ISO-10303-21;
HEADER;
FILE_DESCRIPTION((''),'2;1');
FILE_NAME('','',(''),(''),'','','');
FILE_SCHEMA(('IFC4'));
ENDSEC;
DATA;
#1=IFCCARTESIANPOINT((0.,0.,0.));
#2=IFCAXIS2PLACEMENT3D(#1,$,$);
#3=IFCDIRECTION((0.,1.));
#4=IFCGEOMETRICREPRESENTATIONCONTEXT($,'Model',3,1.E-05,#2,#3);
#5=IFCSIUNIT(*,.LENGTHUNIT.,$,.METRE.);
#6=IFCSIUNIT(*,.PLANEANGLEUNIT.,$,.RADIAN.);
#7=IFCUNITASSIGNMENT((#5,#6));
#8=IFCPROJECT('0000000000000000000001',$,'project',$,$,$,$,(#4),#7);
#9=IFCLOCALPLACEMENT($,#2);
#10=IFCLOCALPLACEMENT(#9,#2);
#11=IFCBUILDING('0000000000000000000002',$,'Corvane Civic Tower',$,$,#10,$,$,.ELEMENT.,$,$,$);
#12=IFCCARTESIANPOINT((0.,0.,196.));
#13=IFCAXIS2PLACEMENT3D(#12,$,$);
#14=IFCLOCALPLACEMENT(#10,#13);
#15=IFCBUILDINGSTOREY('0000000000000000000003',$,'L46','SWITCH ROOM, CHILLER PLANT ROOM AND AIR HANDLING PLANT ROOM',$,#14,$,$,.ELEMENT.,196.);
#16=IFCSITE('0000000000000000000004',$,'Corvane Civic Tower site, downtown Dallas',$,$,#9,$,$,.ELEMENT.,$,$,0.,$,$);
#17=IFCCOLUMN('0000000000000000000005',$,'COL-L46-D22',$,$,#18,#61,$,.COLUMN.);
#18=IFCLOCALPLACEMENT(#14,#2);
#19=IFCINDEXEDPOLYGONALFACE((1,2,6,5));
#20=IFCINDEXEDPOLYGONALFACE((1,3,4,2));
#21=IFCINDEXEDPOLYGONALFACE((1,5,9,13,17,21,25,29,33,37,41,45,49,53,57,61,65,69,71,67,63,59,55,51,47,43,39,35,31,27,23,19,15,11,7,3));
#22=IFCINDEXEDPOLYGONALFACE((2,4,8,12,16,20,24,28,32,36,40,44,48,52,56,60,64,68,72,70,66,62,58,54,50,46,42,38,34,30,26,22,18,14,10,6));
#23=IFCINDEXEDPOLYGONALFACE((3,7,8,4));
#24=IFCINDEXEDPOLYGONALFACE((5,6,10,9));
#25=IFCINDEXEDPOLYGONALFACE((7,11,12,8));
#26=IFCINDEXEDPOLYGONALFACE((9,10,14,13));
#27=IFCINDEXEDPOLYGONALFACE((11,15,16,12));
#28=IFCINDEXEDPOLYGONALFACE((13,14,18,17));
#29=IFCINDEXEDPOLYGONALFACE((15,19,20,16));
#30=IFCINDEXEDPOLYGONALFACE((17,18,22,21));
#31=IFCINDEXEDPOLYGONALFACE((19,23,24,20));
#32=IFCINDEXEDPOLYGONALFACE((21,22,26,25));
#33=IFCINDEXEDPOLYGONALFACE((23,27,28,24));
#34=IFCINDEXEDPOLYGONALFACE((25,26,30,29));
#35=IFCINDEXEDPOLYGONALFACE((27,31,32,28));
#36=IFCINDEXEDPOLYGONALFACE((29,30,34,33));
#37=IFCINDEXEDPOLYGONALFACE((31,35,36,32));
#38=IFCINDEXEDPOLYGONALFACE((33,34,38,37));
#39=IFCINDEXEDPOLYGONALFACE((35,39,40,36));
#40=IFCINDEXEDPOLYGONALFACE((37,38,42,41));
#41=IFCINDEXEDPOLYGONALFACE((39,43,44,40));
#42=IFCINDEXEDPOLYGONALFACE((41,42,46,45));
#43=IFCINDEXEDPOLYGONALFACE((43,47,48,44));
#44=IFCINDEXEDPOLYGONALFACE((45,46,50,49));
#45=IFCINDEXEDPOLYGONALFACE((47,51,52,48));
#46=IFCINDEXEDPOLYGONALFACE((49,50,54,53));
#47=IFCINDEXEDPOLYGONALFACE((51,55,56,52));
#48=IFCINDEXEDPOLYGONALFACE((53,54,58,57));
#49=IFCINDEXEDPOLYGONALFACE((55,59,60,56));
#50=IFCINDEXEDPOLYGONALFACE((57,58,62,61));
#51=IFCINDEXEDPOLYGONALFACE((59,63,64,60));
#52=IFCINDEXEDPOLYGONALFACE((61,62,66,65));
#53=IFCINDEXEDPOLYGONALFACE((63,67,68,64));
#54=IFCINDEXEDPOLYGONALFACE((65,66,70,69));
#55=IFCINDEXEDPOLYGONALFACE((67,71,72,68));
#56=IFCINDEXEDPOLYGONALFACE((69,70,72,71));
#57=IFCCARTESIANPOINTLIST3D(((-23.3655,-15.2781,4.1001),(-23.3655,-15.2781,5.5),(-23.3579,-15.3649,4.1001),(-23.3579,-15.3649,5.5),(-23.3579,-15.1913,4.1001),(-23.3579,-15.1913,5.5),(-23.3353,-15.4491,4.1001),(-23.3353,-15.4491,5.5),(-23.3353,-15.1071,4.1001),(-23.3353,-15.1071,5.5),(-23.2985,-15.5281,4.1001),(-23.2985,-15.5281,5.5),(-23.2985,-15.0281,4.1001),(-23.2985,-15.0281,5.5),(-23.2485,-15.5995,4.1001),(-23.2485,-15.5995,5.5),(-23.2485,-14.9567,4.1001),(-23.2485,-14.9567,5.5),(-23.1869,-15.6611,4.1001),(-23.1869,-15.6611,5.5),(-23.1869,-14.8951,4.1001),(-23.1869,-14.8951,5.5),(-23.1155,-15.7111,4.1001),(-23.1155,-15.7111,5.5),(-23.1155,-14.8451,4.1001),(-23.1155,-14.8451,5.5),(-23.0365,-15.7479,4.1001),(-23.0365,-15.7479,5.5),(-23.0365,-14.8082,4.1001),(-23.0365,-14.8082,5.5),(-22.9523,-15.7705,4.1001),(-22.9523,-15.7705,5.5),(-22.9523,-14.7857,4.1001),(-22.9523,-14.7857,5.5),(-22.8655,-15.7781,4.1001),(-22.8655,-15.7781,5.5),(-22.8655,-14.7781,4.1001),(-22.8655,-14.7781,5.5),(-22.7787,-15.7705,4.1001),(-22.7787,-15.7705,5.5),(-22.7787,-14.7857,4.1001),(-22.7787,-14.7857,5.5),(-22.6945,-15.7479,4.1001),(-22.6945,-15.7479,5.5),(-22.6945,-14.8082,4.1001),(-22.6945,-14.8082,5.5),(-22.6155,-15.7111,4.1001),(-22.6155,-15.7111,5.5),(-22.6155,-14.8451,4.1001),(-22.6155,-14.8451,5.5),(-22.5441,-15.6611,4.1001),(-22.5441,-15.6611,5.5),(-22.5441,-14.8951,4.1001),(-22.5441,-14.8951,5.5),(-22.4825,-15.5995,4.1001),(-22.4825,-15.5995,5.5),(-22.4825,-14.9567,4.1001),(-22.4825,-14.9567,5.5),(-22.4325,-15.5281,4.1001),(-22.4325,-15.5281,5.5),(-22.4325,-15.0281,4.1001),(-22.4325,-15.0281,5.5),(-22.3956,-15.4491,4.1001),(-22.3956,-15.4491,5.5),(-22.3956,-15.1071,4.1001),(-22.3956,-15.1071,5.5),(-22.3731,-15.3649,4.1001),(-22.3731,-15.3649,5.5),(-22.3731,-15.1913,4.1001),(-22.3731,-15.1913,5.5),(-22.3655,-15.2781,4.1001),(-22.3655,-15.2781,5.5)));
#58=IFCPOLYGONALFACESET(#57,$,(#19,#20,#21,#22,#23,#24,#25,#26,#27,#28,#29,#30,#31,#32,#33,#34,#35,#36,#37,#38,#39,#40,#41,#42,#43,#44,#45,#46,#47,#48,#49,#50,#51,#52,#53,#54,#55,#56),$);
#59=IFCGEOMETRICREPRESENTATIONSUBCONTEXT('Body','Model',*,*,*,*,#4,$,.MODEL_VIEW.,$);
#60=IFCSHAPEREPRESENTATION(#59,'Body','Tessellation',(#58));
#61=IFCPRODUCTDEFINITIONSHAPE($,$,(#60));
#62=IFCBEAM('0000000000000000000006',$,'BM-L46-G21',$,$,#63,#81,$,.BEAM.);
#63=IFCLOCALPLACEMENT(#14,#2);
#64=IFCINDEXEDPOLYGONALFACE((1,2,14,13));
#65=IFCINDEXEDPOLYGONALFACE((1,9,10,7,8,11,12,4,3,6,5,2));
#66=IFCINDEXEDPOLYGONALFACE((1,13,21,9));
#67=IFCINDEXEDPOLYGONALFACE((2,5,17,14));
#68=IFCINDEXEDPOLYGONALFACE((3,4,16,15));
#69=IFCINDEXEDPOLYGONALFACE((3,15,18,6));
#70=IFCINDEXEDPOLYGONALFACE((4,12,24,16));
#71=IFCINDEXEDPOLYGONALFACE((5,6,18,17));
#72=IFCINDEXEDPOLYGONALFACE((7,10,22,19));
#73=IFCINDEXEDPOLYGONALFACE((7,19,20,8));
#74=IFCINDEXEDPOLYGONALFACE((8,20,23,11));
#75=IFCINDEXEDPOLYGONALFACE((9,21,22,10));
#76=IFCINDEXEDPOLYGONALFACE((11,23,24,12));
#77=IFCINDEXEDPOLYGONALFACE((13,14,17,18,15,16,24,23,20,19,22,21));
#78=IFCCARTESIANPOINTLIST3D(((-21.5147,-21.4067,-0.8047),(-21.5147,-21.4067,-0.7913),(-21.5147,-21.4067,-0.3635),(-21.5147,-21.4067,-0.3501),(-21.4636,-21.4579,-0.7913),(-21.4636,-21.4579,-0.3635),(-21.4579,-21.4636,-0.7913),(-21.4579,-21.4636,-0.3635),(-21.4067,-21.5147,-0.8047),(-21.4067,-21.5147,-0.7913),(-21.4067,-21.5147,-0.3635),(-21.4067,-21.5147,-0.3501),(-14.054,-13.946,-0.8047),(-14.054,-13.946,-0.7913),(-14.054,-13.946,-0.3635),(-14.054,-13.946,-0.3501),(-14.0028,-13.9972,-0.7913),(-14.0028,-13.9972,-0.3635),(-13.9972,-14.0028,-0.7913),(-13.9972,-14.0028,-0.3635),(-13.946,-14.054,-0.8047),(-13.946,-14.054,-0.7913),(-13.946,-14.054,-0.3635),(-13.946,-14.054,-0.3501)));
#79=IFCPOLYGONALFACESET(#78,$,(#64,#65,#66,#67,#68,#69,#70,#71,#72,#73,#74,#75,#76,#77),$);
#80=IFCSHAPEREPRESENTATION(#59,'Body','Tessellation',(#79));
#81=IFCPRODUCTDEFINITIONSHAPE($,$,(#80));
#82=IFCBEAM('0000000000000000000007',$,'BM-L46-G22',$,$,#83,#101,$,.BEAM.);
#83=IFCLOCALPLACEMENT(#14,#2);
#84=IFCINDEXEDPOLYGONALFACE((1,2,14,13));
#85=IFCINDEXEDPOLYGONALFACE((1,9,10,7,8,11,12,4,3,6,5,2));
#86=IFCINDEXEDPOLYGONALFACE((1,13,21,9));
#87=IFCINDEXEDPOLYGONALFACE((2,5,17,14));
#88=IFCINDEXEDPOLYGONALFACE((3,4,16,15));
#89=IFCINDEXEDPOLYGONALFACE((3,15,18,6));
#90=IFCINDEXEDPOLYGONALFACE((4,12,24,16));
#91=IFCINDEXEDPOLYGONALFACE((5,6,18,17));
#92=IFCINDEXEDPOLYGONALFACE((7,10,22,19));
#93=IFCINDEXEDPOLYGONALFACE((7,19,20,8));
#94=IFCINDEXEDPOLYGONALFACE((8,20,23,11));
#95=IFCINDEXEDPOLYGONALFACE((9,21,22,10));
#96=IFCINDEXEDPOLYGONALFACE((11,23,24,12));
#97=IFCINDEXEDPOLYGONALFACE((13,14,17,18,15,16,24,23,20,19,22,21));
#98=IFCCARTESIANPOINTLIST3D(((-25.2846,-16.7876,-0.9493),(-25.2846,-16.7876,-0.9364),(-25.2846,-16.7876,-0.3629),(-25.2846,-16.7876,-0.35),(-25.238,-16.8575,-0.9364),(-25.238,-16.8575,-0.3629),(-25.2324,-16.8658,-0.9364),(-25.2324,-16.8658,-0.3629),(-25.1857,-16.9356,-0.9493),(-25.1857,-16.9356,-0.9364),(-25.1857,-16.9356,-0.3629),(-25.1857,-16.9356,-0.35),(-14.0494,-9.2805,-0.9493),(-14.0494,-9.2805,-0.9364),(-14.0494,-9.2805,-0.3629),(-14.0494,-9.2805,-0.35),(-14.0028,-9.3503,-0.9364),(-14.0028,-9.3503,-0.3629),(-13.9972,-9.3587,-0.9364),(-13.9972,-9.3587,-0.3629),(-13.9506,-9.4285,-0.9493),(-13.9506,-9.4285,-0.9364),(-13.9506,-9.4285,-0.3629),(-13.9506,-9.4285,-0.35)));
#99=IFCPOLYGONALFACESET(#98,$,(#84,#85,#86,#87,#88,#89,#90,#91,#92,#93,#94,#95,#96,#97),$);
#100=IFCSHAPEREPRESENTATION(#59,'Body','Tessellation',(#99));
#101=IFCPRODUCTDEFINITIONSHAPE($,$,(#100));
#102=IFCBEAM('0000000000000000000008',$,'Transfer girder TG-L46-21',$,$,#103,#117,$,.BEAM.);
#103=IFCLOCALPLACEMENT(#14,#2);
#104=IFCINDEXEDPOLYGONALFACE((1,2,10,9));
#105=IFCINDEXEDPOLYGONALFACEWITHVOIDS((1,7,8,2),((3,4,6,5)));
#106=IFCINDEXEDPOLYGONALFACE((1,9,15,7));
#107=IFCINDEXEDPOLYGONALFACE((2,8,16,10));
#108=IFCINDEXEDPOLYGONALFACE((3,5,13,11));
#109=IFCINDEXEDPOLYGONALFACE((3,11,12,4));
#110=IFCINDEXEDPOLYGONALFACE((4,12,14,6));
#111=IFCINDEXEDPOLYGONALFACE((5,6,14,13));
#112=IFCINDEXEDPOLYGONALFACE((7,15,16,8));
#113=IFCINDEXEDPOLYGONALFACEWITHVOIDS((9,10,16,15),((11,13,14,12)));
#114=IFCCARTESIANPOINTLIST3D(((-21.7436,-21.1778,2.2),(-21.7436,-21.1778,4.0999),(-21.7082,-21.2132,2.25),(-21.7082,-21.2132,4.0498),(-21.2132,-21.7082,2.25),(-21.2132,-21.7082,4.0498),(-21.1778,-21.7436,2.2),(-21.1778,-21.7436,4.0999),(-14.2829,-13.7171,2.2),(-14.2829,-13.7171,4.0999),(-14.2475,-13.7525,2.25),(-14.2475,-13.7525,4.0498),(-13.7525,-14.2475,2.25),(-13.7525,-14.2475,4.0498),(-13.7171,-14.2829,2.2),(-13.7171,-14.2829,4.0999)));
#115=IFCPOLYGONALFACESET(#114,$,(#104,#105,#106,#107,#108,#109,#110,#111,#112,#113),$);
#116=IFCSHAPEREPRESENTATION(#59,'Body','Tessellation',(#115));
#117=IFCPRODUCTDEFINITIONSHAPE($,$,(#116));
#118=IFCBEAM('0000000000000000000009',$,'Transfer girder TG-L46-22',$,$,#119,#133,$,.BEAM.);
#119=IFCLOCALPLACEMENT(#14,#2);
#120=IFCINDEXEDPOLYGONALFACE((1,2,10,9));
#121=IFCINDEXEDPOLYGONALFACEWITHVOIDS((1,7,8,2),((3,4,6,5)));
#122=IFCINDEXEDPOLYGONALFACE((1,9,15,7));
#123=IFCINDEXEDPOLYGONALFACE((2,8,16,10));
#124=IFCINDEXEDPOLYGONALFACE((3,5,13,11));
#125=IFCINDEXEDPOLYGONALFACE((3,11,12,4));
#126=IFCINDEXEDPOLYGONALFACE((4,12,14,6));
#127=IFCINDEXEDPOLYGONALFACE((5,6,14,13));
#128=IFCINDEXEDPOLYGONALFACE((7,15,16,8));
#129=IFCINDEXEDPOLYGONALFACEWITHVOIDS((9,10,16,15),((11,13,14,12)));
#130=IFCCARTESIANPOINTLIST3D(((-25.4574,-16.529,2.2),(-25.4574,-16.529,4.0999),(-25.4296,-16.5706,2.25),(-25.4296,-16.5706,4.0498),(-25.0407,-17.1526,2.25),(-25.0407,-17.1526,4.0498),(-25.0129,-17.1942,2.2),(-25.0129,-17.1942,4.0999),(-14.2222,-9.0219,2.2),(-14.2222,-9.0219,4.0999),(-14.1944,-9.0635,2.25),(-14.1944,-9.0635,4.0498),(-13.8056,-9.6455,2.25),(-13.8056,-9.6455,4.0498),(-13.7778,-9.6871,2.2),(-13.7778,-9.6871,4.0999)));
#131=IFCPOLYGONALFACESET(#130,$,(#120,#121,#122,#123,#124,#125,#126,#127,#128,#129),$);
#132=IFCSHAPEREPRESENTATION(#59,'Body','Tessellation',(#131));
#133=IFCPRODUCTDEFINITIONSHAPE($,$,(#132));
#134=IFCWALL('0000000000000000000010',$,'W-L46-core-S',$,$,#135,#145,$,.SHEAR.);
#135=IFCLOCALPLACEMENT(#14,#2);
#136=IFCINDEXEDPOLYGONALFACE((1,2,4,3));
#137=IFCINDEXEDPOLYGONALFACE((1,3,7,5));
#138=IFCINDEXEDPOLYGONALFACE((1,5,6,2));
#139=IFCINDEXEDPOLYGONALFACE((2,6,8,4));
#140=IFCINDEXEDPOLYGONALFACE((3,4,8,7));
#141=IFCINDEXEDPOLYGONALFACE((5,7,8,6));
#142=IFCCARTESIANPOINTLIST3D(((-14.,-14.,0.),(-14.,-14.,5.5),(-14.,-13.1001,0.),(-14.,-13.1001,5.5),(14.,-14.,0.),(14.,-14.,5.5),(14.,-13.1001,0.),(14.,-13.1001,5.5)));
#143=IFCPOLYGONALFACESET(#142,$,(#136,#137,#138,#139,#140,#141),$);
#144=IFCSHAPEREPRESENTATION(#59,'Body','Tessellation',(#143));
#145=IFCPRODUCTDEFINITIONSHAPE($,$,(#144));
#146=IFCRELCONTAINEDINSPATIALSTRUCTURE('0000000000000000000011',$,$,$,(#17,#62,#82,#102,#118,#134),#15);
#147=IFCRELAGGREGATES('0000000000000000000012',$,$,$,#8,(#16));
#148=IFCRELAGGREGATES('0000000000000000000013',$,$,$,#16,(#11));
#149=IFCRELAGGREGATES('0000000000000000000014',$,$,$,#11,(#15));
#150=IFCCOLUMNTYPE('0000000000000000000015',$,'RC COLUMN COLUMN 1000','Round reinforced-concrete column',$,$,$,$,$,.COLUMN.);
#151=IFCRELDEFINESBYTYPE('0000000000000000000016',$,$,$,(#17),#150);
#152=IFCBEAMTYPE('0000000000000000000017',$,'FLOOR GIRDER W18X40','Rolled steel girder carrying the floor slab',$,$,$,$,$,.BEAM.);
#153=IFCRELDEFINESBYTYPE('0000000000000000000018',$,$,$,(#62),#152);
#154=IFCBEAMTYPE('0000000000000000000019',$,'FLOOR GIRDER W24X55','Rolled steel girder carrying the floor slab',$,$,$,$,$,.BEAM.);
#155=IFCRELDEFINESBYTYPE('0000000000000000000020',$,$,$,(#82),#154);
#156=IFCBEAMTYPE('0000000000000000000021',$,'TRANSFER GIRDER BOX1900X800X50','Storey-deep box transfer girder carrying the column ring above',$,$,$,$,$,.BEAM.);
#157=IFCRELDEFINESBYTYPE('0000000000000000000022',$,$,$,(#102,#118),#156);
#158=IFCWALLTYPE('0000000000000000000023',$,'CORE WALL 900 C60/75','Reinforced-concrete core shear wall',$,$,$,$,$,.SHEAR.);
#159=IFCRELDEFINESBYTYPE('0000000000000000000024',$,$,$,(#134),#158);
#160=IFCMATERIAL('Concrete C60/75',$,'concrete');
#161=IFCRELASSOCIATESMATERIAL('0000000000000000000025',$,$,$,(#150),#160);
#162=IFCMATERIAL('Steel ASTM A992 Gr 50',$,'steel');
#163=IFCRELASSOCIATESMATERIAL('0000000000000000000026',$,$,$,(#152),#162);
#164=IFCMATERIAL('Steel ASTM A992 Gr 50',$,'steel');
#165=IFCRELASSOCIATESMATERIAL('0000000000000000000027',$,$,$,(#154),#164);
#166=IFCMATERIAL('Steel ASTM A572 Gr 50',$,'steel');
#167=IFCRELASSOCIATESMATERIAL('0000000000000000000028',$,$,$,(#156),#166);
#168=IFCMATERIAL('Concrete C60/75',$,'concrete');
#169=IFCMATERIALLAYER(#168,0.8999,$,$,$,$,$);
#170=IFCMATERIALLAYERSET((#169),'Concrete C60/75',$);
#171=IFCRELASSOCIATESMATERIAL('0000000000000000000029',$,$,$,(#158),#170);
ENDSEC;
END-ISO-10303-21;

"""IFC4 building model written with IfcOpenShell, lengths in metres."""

from ifc_helpers import new_model, si_unit, direction, frame, frame_2d, origin, origin_2d, place, context, subcontext, project, spatial, rectangle, hollow_rectangle, circle, i_section, extrude, material, layer, layer_set, material_profile, profile_set, type_object, element, save


model = new_model("IFC4")

# Units and contexts
model_context = context("Model", 3, precision=1e-05, world=origin(), true_north=direction((0.0, 1.0)))
body_context = subcontext(model_context, "Body", "Model", "MODEL_VIEW")
ifc_project = project(units=[si_unit("LENGTHUNIT", "METRE"), si_unit("PLANEANGLEUNIT", "RADIAN")], contexts=[model_context])

# Site, building, storey
site_placement = place(None, origin())
site = spatial("IfcSite", under=ifc_project, at=site_placement, Name="Corvane Civic Tower site, downtown Dallas", CompositionType="ELEMENT", RefElevation=0.0)
building_placement = place(site_placement, origin())
building = spatial("IfcBuilding", under=site, at=building_placement, Name="Corvane Civic Tower", CompositionType="ELEMENT")
storey_placement = place(building_placement, frame((0.0, 0.0, 196.0)))
storey = spatial("IfcBuildingStorey", under=building, at=storey_placement, Name="L46", Description="SWITCH ROOM, CHILLER PLANT ROOM AND AIR HANDLING PLANT ROOM", CompositionType="ELEMENT", Elevation=196.0)

# Column
ifc_material_1 = material(Name="Concrete C60/75", Category="concrete")
ifc_material_profile_1 = material_profile(ifc_material_1, circle(Radius=0.5, at=origin_2d()), Name="COLUMN 1000")
ifc_profile_set_1 = profile_set([ifc_material_profile_1], Name="Concrete C60/75")
column_type = type_object("IfcColumnType", Name="RC COLUMN COLUMN 1000", Description="Round reinforced-concrete column", PredefinedType="COLUMN", material=ifc_profile_set_1)
column_placement = place(storey_placement, frame((-22.8655, -15.2781, 4.1001), z_axis=(0.0, 0.0, 1.0), x_axis=(1.0, 0.0, 0.0)))
element("IfcColumn", 1, at=column_placement, inside=storey, type_object=column_type, Name="COL-L46-D22", PredefinedType="COLUMN", context=body_context, shape_type="SweptSolid", body=[
    extrude(circle(Radius=0.5, at=origin_2d()), origin(), (0.0, 0.0, 1.0), 1.3999),
])

# Beams
ifc_material_2 = material(Name="Steel ASTM A992 Gr 50", Category="steel")
ifc_material_profile_2 = material_profile(ifc_material_2, i_section(OverallWidth=0.1528, OverallDepth=0.4546, WebThickness=0.0081, FlangeThickness=0.0134, at=origin_2d()), Name="W18X40")
ifc_profile_set_2 = profile_set([ifc_material_profile_2], Name="Steel ASTM A992 Gr 50")
beam_type_1 = type_object("IfcBeamType", Name="FLOOR GIRDER W18X40", Description="Rolled steel girder carrying the floor slab", PredefinedType="BEAM", material=ifc_profile_set_2)
beam_1_placement = place(storey_placement, frame((-14.0, -14.0, -0.5774), z_axis=(-0.707107, -0.707107, 0.0), x_axis=(0.707107, -0.707107, 0.0)))
element("IfcBeam", 2, at=beam_1_placement, inside=storey, type_object=beam_type_1, Name="BM-L46-G21", PredefinedType="BEAM", context=body_context, shape_type="SweptSolid", body=[
    extrude(i_section(OverallWidth=0.1528, OverallDepth=0.4546, WebThickness=0.0081, FlangeThickness=0.0134, at=origin_2d()), origin(), (0.0, 0.0, 1.0), 10.551),
])
ifc_material_3 = material(Name="Steel ASTM A992 Gr 50", Category="steel")
ifc_material_profile_3 = material_profile(ifc_material_3, i_section(OverallWidth=0.178, OverallDepth=0.5994, WebThickness=0.01, FlangeThickness=0.0129, at=origin_2d()), Name="W24X55")
ifc_profile_set_3 = profile_set([ifc_material_profile_3], Name="Steel ASTM A992 Gr 50")
beam_type_2 = type_object("IfcBeamType", Name="FLOOR GIRDER W24X55", Description="Rolled steel girder carrying the floor slab", PredefinedType="BEAM", material=ifc_profile_set_3)
beam_2_placement = place(storey_placement, frame((-14.0, -9.3545, -0.6497), z_axis=(-0.831469, -0.555571, 0.0), x_axis=(0.555571, -0.831469, 0.0)))
element("IfcBeam", 3, at=beam_2_placement, inside=storey, type_object=beam_type_2, Name="BM-L46-G22", PredefinedType="BEAM", context=body_context, shape_type="SweptSolid", body=[
    extrude(i_section(OverallWidth=0.178, OverallDepth=0.5994, WebThickness=0.01, FlangeThickness=0.0129, at=origin_2d()), origin(), (0.0, 0.0, 1.0), 13.5125),
])
ifc_material_4 = material(Name="Steel ASTM A572 Gr 50", Category="steel")
ifc_material_profile_4 = material_profile(ifc_material_4, hollow_rectangle(XDim=0.8, YDim=1.8999, WallThickness=0.05, at=origin_2d()), Name="BOX1900X800X50")
ifc_profile_set_4 = profile_set([ifc_material_profile_4], Name="Steel ASTM A572 Gr 50")
beam_type_3 = type_object("IfcBeamType", Name="TRANSFER GIRDER BOX1900X800X50", Description="Storey-deep box transfer girder carrying the column ring above", PredefinedType="BEAM", material=ifc_profile_set_4)
beam_3_placement = place(storey_placement, frame((-14.0, -14.0, 3.1499), z_axis=(-0.707107, -0.707107, 0.0), x_axis=(0.707107, -0.707107, 0.0)))
element("IfcBeam", 4, at=beam_3_placement, inside=storey, type_object=beam_type_3, Name="Transfer girder TG-L46-21", PredefinedType="BEAM", context=body_context, shape_type="SweptSolid", body=[
    extrude(hollow_rectangle(XDim=0.8, YDim=1.8999, WallThickness=0.05, at=origin_2d()), origin(), (0.0, 0.0, 1.0), 10.551),
])
beam_4_placement = place(storey_placement, frame((-14.0, -9.3545, 3.1499), z_axis=(-0.831469, -0.555571, 0.0), x_axis=(0.555571, -0.831469, 0.0)))
element("IfcBeam", 5, at=beam_4_placement, inside=storey, type_object=beam_type_3, Name="Transfer girder TG-L46-22", PredefinedType="BEAM", context=body_context, shape_type="SweptSolid", body=[
    extrude(hollow_rectangle(XDim=0.8, YDim=1.8999, WallThickness=0.05, at=origin_2d()), origin(), (0.0, 0.0, 1.0), 13.5125),
])

# Wall
ifc_material_5 = material(Name="Concrete C60/75", Category="concrete")
ifc_layer_1 = layer(ifc_material_5, 0.8999)
ifc_layer_set_1 = layer_set([ifc_layer_1], Name="Concrete C60/75")
wall_type_1 = type_object("IfcWallType", Name="CORE WALL 900 C60/75", Description="Reinforced-concrete core shear wall", PredefinedType="SHEAR", material=ifc_layer_set_1)
wall_1_placement = place(storey_placement, frame((-14.0, -13.55, 0.0), z_axis=(0.0, 0.0, 1.0), x_axis=(1.0, 0.0, 0.0)))
element("IfcWall", 6, at=wall_1_placement, inside=storey, type_object=wall_type_1, Name="W-L46-core-S", PredefinedType="SHEAR", context=body_context, shape_type="SweptSolid", body=[
    extrude(rectangle(XDim=28.0, YDim=0.8999, at=frame_2d((14.0, 0.0))), origin(), (0.0, 0.0, 1.0), 5.5),
])

save(model, "model.ifc")
